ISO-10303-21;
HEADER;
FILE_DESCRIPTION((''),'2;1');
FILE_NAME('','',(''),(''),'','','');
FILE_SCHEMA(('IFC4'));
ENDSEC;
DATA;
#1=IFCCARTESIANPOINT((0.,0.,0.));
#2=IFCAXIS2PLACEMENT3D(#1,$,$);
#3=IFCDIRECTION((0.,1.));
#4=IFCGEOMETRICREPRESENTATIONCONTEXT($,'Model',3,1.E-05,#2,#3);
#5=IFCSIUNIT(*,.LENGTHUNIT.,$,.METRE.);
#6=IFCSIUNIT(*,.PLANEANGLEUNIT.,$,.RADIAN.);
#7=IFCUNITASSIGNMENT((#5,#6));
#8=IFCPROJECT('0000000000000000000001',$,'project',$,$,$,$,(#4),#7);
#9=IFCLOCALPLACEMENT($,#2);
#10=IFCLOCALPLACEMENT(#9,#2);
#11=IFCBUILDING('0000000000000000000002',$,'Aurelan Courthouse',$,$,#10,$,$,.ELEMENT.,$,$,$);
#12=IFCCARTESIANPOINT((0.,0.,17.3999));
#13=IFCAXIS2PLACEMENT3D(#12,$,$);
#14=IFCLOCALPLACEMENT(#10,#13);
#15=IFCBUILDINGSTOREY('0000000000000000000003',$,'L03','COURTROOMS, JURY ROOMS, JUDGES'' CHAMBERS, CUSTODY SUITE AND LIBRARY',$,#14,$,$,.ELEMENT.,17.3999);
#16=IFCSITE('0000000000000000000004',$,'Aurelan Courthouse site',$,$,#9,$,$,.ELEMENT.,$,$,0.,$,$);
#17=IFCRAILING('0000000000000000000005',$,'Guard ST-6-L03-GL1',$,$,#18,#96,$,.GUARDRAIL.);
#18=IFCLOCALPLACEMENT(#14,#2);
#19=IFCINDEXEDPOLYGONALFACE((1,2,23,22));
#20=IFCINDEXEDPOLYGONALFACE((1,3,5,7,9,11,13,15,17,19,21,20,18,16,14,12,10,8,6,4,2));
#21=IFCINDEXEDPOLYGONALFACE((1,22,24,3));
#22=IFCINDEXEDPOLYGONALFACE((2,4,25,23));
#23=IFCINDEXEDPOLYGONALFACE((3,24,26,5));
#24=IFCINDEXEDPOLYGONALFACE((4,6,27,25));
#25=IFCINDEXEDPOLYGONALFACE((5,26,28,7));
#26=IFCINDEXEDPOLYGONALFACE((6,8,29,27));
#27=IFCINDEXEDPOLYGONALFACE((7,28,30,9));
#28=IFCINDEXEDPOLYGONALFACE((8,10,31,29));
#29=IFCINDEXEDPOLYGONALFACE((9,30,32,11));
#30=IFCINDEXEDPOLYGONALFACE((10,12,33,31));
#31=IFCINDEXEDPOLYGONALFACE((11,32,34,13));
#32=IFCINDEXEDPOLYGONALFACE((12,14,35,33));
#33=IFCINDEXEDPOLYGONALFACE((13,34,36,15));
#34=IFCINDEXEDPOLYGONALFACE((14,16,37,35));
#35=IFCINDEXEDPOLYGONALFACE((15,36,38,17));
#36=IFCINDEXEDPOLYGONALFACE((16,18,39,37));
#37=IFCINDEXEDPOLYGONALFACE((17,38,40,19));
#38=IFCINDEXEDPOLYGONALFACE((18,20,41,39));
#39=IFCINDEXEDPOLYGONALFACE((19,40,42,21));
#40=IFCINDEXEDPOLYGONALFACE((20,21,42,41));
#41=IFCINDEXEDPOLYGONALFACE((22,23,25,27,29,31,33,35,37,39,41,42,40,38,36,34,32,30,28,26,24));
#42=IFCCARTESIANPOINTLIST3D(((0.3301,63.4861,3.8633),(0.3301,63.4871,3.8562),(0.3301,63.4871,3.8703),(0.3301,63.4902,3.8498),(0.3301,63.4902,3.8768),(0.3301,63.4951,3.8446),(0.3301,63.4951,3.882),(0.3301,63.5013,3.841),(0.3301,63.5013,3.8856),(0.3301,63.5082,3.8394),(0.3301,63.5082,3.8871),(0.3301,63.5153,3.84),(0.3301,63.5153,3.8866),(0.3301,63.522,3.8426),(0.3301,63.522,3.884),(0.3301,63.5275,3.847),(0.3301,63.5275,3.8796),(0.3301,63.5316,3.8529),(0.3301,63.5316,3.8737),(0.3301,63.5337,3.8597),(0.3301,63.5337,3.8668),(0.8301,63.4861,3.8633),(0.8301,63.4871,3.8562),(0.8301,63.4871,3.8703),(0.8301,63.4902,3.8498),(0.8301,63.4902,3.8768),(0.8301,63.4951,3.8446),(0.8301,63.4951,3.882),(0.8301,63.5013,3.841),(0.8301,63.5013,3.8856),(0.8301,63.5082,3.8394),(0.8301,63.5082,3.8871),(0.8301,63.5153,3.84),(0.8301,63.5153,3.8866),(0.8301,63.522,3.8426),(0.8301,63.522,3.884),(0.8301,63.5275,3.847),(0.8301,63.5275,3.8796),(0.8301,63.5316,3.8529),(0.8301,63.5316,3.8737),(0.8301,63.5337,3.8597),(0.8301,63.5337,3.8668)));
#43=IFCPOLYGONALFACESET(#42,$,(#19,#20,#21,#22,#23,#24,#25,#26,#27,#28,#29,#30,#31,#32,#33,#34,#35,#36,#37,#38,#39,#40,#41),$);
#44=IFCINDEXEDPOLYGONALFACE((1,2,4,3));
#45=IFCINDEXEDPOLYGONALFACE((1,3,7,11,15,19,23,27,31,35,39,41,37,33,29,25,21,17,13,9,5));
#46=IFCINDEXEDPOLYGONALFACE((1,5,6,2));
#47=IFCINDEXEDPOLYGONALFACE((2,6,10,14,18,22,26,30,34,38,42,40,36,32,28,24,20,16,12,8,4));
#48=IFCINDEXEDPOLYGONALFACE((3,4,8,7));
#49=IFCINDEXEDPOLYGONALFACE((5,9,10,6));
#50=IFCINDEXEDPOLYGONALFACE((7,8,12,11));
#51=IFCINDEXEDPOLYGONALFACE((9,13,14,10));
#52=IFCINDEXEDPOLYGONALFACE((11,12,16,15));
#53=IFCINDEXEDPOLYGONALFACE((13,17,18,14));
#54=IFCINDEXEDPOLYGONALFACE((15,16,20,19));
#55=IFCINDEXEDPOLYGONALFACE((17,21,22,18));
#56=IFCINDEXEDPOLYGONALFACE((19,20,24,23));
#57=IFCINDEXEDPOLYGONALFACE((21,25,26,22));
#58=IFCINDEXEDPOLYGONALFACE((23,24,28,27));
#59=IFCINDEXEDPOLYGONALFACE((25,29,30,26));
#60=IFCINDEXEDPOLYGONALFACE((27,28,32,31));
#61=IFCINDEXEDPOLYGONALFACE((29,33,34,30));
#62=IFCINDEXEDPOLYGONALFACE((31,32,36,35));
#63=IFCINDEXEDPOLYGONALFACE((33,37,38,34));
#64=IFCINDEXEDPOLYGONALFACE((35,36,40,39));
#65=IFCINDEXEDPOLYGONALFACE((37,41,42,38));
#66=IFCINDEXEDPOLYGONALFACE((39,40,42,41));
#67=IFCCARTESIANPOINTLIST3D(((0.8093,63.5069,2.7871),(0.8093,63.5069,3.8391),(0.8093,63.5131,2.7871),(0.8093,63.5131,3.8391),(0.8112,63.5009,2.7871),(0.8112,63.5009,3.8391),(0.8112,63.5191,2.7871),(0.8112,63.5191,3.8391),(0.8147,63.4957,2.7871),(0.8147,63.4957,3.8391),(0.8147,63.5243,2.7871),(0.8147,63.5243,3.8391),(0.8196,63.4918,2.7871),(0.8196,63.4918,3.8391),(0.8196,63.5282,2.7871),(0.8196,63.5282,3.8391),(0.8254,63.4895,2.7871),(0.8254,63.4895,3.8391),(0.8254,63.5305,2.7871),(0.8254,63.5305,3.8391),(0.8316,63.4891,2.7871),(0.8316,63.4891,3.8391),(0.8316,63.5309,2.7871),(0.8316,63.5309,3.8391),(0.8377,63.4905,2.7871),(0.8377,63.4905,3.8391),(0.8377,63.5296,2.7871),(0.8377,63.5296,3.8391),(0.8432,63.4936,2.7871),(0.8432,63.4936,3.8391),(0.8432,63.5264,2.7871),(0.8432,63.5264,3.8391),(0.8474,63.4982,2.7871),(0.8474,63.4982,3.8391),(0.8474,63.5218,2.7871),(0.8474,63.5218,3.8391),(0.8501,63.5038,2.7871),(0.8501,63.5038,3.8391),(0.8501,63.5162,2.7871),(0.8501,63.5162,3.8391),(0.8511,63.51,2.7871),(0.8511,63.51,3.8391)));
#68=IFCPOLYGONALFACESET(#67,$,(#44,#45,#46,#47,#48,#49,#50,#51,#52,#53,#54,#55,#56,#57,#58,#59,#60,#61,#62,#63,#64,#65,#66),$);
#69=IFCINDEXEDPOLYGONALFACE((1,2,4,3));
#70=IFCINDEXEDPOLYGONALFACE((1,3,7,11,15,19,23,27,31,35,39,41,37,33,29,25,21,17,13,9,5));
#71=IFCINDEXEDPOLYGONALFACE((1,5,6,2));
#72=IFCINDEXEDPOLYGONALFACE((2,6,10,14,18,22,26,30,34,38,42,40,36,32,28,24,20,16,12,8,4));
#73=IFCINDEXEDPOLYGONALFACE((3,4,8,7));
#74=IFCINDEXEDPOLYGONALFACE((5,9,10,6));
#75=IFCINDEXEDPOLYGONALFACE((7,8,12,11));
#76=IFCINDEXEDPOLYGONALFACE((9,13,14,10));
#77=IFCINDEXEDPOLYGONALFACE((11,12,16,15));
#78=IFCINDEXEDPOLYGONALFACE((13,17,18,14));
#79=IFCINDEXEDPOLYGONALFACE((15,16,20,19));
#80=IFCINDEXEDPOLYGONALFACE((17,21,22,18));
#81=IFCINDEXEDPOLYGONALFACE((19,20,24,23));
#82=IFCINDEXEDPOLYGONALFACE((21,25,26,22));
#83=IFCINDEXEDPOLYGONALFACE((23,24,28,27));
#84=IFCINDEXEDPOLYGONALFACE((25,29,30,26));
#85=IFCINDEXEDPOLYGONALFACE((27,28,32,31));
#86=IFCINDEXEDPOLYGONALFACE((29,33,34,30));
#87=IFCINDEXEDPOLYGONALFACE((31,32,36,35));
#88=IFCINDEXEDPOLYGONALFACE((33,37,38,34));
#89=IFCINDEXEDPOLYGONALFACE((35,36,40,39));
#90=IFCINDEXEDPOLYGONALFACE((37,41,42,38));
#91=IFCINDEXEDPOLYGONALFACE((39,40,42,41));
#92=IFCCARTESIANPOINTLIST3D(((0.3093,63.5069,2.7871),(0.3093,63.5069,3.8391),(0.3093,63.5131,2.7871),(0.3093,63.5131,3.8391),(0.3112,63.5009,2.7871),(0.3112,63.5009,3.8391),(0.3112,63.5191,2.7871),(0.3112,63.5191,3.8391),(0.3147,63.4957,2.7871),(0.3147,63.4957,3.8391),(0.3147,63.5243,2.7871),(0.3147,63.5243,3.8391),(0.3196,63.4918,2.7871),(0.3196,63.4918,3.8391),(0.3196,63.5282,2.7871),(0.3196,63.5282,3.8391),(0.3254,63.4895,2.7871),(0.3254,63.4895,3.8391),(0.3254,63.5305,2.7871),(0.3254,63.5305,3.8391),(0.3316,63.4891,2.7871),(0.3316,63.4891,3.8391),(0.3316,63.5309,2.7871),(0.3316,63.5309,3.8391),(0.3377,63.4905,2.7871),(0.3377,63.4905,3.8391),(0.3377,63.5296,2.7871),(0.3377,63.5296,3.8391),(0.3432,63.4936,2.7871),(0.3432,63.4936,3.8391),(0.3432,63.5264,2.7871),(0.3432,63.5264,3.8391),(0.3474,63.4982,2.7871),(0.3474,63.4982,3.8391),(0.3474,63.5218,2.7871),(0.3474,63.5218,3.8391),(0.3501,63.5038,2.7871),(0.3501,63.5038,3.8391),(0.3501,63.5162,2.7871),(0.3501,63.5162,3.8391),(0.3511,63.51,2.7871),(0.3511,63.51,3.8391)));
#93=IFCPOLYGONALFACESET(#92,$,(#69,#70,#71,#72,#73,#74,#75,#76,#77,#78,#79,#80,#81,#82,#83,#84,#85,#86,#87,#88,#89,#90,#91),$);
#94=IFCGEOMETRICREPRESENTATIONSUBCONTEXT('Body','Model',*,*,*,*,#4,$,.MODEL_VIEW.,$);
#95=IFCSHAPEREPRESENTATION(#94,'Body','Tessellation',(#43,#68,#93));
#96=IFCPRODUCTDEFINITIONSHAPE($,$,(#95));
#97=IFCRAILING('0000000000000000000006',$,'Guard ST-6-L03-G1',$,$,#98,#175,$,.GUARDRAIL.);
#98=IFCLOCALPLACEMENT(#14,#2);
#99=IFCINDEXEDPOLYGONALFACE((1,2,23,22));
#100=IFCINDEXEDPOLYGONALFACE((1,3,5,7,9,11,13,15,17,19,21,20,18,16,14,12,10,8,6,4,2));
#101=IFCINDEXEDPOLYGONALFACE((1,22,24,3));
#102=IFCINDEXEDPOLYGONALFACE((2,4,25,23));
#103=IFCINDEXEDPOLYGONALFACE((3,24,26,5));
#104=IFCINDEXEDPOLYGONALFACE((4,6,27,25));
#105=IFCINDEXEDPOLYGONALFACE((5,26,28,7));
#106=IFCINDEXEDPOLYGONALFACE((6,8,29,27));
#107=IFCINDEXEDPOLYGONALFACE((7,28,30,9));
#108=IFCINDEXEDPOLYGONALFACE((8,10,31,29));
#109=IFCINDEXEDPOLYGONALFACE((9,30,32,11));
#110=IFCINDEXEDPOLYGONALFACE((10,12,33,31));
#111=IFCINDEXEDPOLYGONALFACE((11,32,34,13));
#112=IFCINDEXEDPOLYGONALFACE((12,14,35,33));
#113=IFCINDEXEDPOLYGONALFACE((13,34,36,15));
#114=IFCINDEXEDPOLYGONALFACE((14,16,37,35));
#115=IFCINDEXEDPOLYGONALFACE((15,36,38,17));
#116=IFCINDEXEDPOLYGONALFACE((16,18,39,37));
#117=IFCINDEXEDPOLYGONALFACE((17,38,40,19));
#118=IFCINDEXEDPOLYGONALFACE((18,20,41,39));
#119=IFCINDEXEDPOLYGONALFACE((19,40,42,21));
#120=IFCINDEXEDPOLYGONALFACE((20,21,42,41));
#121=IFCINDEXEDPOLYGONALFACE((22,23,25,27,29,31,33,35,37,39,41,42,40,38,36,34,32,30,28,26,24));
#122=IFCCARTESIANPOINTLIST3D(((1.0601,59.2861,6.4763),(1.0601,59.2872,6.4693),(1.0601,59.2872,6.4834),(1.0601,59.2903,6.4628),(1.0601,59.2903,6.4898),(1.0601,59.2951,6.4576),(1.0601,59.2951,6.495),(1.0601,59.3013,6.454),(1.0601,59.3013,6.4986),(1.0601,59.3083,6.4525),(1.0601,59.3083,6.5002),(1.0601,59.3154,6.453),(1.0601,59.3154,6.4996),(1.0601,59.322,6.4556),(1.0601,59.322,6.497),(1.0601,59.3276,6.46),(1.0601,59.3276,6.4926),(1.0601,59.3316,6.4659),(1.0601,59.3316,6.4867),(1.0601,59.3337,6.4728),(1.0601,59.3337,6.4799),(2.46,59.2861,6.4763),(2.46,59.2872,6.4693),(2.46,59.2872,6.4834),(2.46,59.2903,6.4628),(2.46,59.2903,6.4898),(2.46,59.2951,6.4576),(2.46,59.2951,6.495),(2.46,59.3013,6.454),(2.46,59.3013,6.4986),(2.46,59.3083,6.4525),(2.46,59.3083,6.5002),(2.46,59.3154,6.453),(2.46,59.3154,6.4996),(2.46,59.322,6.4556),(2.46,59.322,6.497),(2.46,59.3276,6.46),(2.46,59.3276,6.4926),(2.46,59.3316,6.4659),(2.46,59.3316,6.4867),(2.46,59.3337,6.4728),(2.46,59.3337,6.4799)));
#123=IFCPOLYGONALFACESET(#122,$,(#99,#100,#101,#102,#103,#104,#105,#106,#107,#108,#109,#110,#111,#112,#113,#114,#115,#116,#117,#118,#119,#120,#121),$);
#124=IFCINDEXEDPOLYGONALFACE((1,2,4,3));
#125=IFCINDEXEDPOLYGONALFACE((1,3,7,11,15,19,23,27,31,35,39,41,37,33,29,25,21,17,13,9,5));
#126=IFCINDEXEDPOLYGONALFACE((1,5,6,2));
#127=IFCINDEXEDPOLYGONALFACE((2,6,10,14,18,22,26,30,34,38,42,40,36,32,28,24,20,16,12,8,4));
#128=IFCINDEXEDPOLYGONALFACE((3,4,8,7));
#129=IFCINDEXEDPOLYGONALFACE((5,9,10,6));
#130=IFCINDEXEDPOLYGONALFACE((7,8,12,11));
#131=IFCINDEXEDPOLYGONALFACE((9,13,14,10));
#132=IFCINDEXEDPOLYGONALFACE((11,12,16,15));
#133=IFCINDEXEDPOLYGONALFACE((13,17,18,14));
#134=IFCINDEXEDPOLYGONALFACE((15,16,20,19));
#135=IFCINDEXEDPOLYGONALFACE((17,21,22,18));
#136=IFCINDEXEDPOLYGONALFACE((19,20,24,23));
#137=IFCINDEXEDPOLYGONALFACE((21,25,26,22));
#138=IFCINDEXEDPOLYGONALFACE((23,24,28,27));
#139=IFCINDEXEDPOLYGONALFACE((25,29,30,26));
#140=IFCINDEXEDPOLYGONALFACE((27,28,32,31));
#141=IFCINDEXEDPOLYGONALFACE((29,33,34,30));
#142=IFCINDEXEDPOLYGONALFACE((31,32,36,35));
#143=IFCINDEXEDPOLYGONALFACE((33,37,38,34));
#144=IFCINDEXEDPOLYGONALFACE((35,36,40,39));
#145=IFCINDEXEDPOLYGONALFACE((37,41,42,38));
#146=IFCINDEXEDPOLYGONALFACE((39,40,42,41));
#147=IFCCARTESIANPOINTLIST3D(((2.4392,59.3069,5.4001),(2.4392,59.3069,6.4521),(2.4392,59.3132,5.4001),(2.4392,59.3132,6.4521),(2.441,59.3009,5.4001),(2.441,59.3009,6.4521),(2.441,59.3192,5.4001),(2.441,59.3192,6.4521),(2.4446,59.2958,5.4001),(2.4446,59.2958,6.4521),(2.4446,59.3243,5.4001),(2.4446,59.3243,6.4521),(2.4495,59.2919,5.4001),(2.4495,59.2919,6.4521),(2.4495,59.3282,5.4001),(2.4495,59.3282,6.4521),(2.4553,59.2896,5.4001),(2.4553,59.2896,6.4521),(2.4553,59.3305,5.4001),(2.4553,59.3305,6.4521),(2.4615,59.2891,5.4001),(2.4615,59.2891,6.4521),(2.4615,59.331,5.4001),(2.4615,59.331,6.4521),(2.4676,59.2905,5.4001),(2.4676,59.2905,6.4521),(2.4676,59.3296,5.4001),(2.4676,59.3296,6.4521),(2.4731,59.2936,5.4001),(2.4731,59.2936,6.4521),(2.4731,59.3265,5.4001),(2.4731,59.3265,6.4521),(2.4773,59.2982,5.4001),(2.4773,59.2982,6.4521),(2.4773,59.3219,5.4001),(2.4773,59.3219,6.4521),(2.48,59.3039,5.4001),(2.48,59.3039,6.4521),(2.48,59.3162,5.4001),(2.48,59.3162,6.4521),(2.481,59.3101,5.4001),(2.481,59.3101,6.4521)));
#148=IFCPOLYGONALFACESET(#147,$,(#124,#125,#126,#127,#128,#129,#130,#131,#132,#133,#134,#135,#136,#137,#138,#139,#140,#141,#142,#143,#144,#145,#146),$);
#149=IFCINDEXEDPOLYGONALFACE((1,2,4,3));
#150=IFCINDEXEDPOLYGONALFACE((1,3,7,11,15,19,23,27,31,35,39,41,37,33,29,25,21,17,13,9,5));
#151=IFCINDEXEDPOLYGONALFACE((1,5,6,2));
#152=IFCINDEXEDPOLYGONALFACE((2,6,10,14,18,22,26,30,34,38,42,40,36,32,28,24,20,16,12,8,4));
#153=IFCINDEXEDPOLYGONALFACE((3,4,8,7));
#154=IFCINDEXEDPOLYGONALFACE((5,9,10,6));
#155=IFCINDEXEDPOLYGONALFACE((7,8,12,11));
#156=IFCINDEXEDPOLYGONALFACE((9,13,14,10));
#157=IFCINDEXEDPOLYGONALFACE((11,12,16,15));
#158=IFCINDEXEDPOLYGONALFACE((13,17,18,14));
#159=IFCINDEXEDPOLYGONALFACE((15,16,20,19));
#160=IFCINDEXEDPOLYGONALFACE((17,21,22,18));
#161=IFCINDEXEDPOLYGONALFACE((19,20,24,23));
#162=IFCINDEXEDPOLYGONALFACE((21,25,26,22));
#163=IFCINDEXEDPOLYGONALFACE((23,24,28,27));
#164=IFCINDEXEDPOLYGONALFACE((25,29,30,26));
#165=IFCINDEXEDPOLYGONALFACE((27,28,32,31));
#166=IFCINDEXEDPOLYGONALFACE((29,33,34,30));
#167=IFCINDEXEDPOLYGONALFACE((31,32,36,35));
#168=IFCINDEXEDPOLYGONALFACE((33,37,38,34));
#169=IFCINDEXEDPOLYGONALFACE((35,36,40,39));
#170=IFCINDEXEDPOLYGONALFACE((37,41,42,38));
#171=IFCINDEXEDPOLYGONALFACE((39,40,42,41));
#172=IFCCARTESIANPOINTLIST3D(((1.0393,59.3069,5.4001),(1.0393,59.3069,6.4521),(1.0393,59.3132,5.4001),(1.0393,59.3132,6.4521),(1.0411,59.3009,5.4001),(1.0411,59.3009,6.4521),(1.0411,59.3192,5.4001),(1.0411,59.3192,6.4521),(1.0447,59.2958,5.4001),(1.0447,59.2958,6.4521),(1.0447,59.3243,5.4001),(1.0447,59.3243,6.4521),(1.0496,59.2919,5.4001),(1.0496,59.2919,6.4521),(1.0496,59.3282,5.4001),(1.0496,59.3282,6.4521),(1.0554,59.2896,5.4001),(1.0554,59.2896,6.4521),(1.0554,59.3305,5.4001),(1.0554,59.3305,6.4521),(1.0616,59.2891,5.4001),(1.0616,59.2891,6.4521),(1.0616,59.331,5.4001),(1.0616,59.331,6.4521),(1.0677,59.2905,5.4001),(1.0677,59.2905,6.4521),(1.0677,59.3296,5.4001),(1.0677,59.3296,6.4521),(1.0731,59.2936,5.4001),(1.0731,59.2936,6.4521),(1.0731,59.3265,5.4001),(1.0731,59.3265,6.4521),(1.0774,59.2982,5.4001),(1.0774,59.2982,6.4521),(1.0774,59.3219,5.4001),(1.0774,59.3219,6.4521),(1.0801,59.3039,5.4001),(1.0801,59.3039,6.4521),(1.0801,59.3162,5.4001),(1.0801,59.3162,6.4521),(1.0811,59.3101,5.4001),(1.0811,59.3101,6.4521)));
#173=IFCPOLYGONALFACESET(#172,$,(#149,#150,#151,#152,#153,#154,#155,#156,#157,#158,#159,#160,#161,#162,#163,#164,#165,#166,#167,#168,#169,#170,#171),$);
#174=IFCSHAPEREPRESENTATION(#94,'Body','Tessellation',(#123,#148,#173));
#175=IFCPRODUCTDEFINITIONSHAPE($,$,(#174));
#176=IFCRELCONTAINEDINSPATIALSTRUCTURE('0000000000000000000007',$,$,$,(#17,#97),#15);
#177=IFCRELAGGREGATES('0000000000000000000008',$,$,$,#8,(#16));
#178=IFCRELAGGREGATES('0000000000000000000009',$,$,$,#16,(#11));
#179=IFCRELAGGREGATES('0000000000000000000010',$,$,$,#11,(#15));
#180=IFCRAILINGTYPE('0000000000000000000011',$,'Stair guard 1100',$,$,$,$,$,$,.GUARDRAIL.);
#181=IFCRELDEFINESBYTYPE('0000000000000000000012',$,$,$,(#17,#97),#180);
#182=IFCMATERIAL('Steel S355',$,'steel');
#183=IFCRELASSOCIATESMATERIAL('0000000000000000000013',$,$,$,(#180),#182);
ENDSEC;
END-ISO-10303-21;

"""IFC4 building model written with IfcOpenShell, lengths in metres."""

from ifc_helpers import new_model, si_unit, direction, frame, origin, origin_2d, place, context, subcontext, project, spatial, circle, extrude, material, type_object, element, save


model = new_model("IFC4")

# Units and contexts
model_context = context("Model", 3, precision=1e-05, world=origin(), true_north=direction((0.0, 1.0)))
body_context = subcontext(model_context, "Body", "Model", "MODEL_VIEW")
ifc_project = project(units=[si_unit("LENGTHUNIT", "METRE"), si_unit("PLANEANGLEUNIT", "RADIAN")], contexts=[model_context])

# Site, building, storey
site_placement = place(None, origin())
site = spatial("IfcSite", under=ifc_project, at=site_placement, Name="Aurelan Courthouse site", CompositionType="ELEMENT", RefElevation=0.0)
building_placement = place(site_placement, origin())
building = spatial("IfcBuilding", under=site, at=building_placement, Name="Aurelan Courthouse", CompositionType="ELEMENT")
storey_placement = place(building_placement, frame((0.0, 0.0, 17.3999)))
storey = spatial("IfcBuildingStorey", under=building, at=storey_placement, Name="L03", Description="COURTROOMS, JURY ROOMS, JUDGES' CHAMBERS, CUSTODY SUITE AND LIBRARY", CompositionType="ELEMENT", Elevation=17.3999)

# Shared definitions
ifc_material_1 = material(Name="Steel S355", Category="steel")

# Railings
railing_type_1 = type_object("IfcRailingType", Name="Stair guard 1100", PredefinedType="GUARDRAIL", material=ifc_material_1)
railing_1_placement = place(storey_placement, frame((0.8301, 63.51, 2.7871)))
element("IfcRailing", 1, at=railing_1_placement, inside=storey, type_object=railing_type_1, Name="Guard ST-6-L03-GL1", PredefinedType="GUARDRAIL", context=body_context, shape_type="SweptSolid", body=[
    extrude(circle(Radius=0.0239, at=origin_2d()), frame((0.0, 0.0, 1.0762), z_axis=(-1.0, 0.0, 0.0), x_axis=(0.0, -1.0, 0.0)), (0.0, 0.0, 1.0), 0.5),
    extrude(circle(Radius=0.021, at=origin_2d()), origin(), (0.0, 0.0, 1.0), 1.052),
    extrude(circle(Radius=0.021, at=origin_2d()), frame((-0.5, 0.0, 0.0)), (0.0, 0.0, 1.0), 1.052),
])
railing_2_placement = place(storey_placement, frame((2.46, 59.3101, 5.4001)))
element("IfcRailing", 2, at=railing_2_placement, inside=storey, type_object=railing_type_1, Name="Guard ST-6-L03-G1", PredefinedType="GUARDRAIL", context=body_context, shape_type="SweptSolid", body=[
    extrude(circle(Radius=0.0239, at=origin_2d()), frame((0.0, 0.0, 1.0762), z_axis=(-1.0, 0.0, 0.0), x_axis=(0.0, -1.0, 0.0)), (0.0, 0.0, 1.0), 1.3999),
    extrude(circle(Radius=0.021, at=origin_2d()), origin(), (0.0, 0.0, 1.0), 1.052),
    extrude(circle(Radius=0.021, at=origin_2d()), frame((-1.3999, 0.0, 0.0)), (0.0, 0.0, 1.0), 1.052),
])

save(model, "model.ifc")
